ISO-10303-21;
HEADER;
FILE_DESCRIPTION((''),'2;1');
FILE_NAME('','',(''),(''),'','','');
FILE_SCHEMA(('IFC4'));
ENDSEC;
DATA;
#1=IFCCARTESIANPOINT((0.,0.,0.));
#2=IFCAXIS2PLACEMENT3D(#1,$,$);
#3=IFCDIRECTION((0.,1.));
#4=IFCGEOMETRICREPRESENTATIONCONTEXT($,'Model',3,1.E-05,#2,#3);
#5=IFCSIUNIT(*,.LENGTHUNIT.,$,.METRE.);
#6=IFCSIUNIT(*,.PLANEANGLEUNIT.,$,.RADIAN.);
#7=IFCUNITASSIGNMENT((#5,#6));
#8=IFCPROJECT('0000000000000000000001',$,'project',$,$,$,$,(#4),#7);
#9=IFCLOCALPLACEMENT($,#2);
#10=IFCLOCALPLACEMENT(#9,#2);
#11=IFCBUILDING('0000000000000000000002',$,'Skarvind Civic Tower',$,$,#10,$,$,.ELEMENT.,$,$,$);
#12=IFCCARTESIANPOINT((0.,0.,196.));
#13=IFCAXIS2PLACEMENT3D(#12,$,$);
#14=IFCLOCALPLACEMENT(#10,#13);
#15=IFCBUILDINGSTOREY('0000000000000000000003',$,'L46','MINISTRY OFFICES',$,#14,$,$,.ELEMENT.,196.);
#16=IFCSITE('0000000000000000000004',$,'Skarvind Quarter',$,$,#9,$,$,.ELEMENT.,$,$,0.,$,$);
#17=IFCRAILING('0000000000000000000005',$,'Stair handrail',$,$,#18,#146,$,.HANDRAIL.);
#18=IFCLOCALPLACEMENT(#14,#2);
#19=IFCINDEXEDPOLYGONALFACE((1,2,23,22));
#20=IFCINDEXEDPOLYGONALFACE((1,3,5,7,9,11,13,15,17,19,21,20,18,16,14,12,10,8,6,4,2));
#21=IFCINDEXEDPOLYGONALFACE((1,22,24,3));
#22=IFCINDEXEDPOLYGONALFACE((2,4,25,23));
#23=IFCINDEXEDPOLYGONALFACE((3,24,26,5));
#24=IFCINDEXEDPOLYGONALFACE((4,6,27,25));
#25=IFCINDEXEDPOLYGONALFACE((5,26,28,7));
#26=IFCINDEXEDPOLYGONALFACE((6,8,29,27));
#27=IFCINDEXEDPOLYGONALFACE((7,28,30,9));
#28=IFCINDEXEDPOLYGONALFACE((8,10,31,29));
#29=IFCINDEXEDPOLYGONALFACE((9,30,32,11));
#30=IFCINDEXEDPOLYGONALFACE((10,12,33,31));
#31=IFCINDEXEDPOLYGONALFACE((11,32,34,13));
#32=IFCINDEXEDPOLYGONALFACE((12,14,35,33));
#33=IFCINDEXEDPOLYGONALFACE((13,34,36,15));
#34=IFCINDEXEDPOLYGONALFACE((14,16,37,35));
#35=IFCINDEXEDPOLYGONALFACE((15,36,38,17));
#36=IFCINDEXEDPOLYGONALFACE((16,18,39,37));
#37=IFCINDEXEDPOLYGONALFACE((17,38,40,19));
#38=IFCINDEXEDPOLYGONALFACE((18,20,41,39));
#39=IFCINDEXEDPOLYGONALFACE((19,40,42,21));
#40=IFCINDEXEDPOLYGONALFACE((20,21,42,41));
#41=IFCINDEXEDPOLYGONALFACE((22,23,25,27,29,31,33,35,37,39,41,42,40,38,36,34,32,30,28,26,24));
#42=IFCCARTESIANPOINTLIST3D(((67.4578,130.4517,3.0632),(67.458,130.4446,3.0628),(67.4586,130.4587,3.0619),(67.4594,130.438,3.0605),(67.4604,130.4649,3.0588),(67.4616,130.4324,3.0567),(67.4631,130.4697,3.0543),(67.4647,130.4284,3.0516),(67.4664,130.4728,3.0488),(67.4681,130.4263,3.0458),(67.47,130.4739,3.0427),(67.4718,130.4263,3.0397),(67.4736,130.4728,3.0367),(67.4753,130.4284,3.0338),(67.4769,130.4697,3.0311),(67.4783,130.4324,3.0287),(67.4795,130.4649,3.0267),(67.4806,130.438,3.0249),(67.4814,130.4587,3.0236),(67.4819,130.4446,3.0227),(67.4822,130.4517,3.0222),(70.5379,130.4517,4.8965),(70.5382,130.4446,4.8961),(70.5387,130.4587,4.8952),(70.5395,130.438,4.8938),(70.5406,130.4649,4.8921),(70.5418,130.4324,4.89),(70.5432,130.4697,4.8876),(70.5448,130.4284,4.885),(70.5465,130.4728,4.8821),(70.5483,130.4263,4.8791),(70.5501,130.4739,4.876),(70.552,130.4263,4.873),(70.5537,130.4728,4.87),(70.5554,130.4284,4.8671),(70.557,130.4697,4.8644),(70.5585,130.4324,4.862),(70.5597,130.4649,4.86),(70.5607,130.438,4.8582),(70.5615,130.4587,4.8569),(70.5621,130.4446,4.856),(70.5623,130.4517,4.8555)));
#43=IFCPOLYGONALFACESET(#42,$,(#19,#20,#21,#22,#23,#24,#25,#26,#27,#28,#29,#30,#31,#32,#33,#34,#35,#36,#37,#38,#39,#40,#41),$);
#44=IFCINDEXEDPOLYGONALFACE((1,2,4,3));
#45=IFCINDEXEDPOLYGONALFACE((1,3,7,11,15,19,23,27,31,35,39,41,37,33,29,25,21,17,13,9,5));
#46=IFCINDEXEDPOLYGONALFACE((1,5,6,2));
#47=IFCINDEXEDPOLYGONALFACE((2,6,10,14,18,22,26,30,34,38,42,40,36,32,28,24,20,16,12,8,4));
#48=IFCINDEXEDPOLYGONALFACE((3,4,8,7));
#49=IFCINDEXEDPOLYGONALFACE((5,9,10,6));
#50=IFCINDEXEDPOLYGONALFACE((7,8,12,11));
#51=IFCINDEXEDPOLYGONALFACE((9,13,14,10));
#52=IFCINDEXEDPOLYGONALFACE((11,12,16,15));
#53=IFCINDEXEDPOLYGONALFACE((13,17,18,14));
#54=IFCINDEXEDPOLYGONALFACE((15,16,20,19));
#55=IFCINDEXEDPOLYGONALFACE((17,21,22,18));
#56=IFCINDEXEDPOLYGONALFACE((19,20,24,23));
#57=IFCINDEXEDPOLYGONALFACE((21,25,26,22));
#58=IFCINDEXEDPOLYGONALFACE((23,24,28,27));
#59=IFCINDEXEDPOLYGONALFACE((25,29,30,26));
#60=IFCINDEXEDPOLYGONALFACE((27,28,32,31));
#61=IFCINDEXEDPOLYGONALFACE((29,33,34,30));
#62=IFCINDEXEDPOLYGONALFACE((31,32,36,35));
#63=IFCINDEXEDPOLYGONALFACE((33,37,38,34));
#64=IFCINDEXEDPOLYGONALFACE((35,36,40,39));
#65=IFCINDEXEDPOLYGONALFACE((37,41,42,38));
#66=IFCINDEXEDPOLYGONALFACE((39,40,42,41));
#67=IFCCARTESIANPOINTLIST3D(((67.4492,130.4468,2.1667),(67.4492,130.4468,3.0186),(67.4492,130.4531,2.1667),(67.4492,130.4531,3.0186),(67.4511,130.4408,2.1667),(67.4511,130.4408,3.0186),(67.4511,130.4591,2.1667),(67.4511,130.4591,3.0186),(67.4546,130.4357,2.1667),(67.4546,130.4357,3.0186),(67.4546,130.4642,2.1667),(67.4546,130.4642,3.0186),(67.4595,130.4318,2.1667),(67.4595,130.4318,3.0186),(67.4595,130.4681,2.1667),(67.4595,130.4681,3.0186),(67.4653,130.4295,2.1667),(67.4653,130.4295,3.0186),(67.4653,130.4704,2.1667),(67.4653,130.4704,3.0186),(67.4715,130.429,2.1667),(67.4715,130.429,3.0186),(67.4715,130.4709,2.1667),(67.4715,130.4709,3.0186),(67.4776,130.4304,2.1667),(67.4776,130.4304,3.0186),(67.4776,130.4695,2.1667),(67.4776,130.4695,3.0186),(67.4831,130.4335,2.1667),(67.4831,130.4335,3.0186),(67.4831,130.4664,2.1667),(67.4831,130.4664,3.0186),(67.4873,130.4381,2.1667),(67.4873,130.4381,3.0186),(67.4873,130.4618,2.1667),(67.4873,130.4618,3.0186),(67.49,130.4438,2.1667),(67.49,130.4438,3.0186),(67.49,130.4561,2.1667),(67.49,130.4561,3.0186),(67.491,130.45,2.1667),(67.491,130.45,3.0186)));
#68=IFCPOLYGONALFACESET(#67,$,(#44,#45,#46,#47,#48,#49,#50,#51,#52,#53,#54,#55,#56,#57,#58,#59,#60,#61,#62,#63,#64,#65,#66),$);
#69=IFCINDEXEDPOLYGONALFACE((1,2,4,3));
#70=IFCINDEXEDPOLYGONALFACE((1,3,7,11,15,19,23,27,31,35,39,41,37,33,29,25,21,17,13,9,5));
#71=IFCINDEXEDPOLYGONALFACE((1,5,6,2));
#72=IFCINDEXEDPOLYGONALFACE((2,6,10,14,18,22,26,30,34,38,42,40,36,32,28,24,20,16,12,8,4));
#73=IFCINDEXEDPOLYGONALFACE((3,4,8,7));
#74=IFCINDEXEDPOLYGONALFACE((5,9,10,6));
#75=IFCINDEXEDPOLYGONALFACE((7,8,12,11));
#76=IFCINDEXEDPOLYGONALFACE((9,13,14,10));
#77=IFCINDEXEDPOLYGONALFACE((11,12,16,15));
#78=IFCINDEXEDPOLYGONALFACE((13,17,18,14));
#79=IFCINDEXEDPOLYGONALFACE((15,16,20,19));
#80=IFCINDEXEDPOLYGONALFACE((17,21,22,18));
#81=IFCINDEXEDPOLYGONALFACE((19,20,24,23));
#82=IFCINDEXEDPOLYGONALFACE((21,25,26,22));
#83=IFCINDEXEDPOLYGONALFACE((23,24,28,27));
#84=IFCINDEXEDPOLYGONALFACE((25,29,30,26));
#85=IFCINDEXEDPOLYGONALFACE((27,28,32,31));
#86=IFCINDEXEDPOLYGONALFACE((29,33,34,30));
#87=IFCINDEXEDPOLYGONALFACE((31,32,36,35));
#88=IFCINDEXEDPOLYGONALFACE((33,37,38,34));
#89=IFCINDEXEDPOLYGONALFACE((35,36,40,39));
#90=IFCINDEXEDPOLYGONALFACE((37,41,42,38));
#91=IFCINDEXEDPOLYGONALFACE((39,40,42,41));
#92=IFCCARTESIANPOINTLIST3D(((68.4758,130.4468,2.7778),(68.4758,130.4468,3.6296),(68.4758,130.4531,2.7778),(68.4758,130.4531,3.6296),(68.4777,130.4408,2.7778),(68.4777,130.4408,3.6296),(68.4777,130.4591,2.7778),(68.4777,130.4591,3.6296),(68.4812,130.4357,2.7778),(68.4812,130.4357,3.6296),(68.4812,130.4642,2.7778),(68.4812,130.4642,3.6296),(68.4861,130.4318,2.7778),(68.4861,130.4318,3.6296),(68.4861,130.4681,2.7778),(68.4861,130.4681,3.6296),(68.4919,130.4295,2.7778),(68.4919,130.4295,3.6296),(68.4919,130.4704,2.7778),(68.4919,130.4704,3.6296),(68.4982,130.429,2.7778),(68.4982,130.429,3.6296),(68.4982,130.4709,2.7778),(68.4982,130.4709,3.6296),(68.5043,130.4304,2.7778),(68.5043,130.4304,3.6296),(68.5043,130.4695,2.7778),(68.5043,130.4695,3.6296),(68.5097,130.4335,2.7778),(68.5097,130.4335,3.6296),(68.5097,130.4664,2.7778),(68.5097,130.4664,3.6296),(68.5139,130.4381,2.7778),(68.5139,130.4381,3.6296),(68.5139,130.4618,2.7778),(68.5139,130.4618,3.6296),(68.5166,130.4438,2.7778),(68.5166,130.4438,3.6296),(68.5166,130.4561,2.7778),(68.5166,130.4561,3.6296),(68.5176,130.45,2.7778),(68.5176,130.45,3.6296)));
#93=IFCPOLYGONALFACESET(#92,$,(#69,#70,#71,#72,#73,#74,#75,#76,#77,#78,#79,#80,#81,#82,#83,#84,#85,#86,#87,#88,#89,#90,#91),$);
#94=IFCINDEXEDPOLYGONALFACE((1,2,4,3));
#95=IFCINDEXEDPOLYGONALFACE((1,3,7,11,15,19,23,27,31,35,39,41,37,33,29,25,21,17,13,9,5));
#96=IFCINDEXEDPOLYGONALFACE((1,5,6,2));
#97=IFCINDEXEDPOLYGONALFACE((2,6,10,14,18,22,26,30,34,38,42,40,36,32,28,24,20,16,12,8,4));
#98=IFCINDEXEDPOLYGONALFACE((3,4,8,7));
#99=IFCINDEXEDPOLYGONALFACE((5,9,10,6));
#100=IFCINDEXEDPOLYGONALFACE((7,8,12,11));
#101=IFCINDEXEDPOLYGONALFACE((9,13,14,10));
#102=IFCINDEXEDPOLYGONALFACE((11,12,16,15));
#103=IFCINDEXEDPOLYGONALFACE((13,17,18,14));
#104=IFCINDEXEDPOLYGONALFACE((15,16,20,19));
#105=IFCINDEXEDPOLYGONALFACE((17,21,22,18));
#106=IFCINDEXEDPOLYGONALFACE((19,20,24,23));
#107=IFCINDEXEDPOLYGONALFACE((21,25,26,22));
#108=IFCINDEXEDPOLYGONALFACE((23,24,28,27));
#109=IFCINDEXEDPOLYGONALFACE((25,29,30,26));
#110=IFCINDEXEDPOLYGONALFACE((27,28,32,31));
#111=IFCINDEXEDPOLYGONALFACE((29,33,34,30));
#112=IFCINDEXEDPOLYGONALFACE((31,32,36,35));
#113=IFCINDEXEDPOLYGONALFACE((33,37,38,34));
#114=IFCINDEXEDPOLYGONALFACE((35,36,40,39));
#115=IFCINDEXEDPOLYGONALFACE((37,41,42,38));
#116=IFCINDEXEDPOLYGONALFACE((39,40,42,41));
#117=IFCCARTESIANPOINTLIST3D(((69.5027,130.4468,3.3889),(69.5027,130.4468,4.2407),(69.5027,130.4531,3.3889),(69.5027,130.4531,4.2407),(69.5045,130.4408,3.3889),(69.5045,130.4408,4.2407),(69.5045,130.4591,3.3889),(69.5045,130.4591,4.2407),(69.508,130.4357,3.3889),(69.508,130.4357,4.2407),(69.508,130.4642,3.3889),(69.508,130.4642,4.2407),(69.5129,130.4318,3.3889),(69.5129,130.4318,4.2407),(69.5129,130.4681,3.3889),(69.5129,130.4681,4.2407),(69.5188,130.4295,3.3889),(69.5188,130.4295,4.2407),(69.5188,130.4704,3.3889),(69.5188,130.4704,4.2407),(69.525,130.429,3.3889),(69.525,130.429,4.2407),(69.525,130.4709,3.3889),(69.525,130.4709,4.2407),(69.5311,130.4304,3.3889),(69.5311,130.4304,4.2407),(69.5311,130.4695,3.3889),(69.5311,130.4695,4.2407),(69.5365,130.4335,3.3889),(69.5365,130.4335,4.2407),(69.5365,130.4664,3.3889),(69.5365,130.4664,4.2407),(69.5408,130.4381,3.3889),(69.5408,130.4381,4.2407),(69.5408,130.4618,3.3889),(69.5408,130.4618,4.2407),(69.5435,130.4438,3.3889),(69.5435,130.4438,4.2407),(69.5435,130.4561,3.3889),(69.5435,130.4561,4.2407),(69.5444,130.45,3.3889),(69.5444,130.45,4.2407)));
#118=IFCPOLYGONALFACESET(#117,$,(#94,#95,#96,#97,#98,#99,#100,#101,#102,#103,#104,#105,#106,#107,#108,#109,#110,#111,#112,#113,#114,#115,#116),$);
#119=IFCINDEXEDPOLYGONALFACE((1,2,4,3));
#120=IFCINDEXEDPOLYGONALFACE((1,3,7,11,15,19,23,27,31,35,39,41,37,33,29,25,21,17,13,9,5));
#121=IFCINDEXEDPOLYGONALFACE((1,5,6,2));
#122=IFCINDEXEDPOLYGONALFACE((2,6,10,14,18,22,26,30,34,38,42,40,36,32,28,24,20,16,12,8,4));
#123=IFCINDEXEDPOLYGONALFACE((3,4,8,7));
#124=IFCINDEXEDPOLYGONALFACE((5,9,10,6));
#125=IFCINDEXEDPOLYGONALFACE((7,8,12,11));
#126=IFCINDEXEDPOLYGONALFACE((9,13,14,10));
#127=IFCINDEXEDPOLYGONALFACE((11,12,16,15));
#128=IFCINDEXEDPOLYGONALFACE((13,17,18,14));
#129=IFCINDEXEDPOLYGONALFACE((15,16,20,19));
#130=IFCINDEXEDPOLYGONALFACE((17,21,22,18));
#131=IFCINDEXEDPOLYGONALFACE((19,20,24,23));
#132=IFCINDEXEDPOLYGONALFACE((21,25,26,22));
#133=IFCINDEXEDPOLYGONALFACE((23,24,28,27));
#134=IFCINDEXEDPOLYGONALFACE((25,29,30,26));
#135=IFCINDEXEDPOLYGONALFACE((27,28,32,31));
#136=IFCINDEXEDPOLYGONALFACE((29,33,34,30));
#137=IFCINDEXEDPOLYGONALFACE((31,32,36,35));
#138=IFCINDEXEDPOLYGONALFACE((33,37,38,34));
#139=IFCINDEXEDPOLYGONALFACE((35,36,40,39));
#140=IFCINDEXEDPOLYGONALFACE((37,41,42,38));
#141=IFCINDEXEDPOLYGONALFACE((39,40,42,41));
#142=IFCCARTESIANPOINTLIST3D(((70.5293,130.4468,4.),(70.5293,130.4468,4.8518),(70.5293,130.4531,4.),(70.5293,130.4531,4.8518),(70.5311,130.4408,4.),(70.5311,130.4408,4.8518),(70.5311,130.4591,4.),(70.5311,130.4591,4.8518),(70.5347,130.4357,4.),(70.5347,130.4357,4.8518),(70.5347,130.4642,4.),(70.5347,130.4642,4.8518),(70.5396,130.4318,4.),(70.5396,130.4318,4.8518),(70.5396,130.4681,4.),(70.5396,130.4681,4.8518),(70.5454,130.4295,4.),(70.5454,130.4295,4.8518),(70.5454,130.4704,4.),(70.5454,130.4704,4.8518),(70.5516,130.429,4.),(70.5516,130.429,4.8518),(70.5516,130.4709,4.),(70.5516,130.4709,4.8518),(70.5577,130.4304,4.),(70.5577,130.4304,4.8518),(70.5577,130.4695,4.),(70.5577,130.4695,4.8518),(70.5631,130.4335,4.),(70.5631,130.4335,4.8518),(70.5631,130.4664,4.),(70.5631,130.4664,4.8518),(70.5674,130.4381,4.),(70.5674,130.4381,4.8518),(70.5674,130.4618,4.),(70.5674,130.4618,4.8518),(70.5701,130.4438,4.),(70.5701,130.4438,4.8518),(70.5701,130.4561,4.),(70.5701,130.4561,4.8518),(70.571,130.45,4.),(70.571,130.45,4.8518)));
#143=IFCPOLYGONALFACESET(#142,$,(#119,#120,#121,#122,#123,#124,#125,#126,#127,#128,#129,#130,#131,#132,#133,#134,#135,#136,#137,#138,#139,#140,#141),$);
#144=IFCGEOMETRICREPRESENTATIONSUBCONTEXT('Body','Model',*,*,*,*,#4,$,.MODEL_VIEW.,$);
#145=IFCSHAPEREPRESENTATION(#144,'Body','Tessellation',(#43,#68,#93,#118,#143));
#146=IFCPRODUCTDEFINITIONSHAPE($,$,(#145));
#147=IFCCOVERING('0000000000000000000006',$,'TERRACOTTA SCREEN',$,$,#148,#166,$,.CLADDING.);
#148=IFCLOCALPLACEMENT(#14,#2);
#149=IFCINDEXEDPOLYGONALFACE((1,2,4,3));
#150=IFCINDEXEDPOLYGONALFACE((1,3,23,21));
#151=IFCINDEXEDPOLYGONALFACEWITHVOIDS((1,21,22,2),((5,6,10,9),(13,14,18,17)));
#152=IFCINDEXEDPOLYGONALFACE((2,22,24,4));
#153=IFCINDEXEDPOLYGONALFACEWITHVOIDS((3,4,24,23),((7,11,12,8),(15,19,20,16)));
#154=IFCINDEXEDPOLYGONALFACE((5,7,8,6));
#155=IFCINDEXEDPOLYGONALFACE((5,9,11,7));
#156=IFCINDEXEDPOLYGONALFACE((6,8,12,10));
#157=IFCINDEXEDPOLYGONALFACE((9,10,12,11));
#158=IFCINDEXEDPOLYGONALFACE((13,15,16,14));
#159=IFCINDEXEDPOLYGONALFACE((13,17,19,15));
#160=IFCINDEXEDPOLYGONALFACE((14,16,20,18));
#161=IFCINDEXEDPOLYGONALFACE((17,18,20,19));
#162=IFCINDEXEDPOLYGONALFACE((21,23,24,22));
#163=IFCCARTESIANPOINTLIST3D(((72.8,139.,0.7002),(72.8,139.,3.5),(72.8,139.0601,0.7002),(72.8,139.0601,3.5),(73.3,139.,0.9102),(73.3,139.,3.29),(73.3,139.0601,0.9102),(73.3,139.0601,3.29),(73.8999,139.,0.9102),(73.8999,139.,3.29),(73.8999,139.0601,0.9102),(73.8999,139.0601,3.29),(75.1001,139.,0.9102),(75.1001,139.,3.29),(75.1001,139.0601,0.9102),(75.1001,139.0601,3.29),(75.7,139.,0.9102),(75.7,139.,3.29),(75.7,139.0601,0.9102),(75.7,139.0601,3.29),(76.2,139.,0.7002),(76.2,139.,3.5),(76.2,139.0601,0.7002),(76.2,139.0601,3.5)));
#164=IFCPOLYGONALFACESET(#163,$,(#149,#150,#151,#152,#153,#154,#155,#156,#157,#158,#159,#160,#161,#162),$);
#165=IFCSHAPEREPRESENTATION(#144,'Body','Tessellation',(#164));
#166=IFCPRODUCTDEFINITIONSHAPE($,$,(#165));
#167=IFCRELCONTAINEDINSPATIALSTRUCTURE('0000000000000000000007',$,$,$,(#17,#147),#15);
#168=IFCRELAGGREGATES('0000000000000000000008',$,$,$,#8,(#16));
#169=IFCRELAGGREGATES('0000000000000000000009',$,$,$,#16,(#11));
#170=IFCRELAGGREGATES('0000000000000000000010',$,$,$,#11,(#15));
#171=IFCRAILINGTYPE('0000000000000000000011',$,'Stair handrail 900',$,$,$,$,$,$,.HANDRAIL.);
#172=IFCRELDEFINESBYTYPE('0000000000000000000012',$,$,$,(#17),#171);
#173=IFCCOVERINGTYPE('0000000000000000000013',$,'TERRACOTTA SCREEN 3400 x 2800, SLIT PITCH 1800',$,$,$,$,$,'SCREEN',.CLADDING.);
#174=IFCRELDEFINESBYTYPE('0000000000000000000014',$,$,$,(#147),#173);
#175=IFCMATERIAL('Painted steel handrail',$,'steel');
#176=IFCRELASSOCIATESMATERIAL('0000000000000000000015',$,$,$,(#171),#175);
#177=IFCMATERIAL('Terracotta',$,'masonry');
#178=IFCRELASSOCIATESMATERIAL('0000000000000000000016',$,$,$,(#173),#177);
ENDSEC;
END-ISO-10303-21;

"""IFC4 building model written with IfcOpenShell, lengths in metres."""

from ifc_helpers import new_model, si_unit, direction, frame, origin, origin_2d, place, context, subcontext, project, spatial, polyline, circle, outline, extrude, material, material_profile, profile_set, type_object, element, save


model = new_model("IFC4")

# Units and contexts
model_context = context("Model", 3, precision=1e-05, world=origin(), true_north=direction((0.0, 1.0)))
body_context = subcontext(model_context, "Body", "Model", "MODEL_VIEW")
ifc_project = project(units=[si_unit("LENGTHUNIT", "METRE"), si_unit("PLANEANGLEUNIT", "RADIAN")], contexts=[model_context])

# Site, building, storey
site_placement = place(None, origin())
site = spatial("IfcSite", under=ifc_project, at=site_placement, Name="Skarvind Quarter", CompositionType="ELEMENT", RefElevation=0.0)
building_placement = place(site_placement, origin())
building = spatial("IfcBuilding", under=site, at=building_placement, Name="Skarvind Civic Tower", CompositionType="ELEMENT")
storey_placement = place(building_placement, frame((0.0, 0.0, 196.0)))
storey = spatial("IfcBuildingStorey", under=building, at=storey_placement, Name="L46", Description="MINISTRY OFFICES", CompositionType="ELEMENT", Elevation=196.0)

# Railing
ifc_material_1 = material(Name="Painted steel handrail", Category="steel")
railing_type = type_object("IfcRailingType", Name="Stair handrail 900", PredefinedType="HANDRAIL", material=ifc_material_1)
railing_1_placement = place(storey_placement, frame((67.47, 130.45, 2.1667)))
element("IfcRailing", 1, at=railing_1_placement, inside=storey, type_object=railing_type, Name="Stair handrail", PredefinedType="HANDRAIL", context=body_context, shape_type="SweptSolid", body=[
    extrude(circle(Radius=0.0239, at=origin_2d()), frame((0.0, 0.0, 0.876), z_axis=(0.859309, 0.0, 0.511458), x_axis=(0.0, 1.0, 0.0)), (0.0, 0.0, 1.0), 3.5845),
    extrude(circle(Radius=0.021, at=origin_2d()), origin(), (0.0, 0.0, 1.0), 0.8518),
    extrude(circle(Radius=0.021, at=origin_2d()), frame((1.0266, 0.0, 0.6111)), (0.0, 0.0, 1.0), 0.8518),
    extrude(circle(Radius=0.021, at=origin_2d()), frame((2.0535, 0.0, 1.2222)), (0.0, 0.0, 1.0), 0.8518),
    extrude(circle(Radius=0.021, at=origin_2d()), frame((3.0801, 0.0, 1.8333)), (0.0, 0.0, 1.0), 0.8518),
])

# Covering
ifc_material_2 = material(Name="Terracotta", Category="masonry")
ifc_material_profile_1 = material_profile(ifc_material_2, outline(polyline([(-1.7, -1.3999), (1.7, -1.3999), (1.7, 1.3999), (-1.7, 1.3999), (-1.7, -1.3999)]), holes=[polyline([(-1.2, -1.1899), (-0.6001, -1.1899), (-0.6001, 1.1899), (-1.2, 1.1899), (-1.2, -1.1899)]), polyline([(0.6001, -1.1899), (1.2, -1.1899), (1.2, 1.1899), (0.6001, 1.1899), (0.6001, -1.1899)])]), Name="TERRACOTTA SCREEN 3400 x 2800, SLIT PITCH 1800")
ifc_profile_set_1 = profile_set([ifc_material_profile_1], Name="Terracotta")
covering_type = type_object("IfcCoveringType", Name="TERRACOTTA SCREEN 3400 x 2800, SLIT PITCH 1800", ElementType="SCREEN", PredefinedType="CLADDING", material=ifc_profile_set_1)
covering_placement = place(storey_placement, frame((74.5, 139.0, 2.1001), z_axis=(0.0, 1.0, 0.0), x_axis=(-1.0, 0.0, 0.0)))
element("IfcCovering", 2, at=covering_placement, inside=storey, type_object=covering_type, Name="TERRACOTTA SCREEN", PredefinedType="CLADDING", context=body_context, shape_type="SweptSolid", body=[
    extrude(outline(polyline([(-1.7, -1.3999), (1.7, -1.3999), (1.7, 1.3999), (-1.7, 1.3999), (-1.7, -1.3999)]), holes=[polyline([(-1.2, -1.1899), (-0.6001, -1.1899), (-0.6001, 1.1899), (-1.2, 1.1899), (-1.2, -1.1899)]), polyline([(0.6001, -1.1899), (1.2, -1.1899), (1.2, 1.1899), (0.6001, 1.1899), (0.6001, -1.1899)])]), origin(), (0.0, 0.0, 1.0), 0.0601),
])

save(model, "model.ifc")
